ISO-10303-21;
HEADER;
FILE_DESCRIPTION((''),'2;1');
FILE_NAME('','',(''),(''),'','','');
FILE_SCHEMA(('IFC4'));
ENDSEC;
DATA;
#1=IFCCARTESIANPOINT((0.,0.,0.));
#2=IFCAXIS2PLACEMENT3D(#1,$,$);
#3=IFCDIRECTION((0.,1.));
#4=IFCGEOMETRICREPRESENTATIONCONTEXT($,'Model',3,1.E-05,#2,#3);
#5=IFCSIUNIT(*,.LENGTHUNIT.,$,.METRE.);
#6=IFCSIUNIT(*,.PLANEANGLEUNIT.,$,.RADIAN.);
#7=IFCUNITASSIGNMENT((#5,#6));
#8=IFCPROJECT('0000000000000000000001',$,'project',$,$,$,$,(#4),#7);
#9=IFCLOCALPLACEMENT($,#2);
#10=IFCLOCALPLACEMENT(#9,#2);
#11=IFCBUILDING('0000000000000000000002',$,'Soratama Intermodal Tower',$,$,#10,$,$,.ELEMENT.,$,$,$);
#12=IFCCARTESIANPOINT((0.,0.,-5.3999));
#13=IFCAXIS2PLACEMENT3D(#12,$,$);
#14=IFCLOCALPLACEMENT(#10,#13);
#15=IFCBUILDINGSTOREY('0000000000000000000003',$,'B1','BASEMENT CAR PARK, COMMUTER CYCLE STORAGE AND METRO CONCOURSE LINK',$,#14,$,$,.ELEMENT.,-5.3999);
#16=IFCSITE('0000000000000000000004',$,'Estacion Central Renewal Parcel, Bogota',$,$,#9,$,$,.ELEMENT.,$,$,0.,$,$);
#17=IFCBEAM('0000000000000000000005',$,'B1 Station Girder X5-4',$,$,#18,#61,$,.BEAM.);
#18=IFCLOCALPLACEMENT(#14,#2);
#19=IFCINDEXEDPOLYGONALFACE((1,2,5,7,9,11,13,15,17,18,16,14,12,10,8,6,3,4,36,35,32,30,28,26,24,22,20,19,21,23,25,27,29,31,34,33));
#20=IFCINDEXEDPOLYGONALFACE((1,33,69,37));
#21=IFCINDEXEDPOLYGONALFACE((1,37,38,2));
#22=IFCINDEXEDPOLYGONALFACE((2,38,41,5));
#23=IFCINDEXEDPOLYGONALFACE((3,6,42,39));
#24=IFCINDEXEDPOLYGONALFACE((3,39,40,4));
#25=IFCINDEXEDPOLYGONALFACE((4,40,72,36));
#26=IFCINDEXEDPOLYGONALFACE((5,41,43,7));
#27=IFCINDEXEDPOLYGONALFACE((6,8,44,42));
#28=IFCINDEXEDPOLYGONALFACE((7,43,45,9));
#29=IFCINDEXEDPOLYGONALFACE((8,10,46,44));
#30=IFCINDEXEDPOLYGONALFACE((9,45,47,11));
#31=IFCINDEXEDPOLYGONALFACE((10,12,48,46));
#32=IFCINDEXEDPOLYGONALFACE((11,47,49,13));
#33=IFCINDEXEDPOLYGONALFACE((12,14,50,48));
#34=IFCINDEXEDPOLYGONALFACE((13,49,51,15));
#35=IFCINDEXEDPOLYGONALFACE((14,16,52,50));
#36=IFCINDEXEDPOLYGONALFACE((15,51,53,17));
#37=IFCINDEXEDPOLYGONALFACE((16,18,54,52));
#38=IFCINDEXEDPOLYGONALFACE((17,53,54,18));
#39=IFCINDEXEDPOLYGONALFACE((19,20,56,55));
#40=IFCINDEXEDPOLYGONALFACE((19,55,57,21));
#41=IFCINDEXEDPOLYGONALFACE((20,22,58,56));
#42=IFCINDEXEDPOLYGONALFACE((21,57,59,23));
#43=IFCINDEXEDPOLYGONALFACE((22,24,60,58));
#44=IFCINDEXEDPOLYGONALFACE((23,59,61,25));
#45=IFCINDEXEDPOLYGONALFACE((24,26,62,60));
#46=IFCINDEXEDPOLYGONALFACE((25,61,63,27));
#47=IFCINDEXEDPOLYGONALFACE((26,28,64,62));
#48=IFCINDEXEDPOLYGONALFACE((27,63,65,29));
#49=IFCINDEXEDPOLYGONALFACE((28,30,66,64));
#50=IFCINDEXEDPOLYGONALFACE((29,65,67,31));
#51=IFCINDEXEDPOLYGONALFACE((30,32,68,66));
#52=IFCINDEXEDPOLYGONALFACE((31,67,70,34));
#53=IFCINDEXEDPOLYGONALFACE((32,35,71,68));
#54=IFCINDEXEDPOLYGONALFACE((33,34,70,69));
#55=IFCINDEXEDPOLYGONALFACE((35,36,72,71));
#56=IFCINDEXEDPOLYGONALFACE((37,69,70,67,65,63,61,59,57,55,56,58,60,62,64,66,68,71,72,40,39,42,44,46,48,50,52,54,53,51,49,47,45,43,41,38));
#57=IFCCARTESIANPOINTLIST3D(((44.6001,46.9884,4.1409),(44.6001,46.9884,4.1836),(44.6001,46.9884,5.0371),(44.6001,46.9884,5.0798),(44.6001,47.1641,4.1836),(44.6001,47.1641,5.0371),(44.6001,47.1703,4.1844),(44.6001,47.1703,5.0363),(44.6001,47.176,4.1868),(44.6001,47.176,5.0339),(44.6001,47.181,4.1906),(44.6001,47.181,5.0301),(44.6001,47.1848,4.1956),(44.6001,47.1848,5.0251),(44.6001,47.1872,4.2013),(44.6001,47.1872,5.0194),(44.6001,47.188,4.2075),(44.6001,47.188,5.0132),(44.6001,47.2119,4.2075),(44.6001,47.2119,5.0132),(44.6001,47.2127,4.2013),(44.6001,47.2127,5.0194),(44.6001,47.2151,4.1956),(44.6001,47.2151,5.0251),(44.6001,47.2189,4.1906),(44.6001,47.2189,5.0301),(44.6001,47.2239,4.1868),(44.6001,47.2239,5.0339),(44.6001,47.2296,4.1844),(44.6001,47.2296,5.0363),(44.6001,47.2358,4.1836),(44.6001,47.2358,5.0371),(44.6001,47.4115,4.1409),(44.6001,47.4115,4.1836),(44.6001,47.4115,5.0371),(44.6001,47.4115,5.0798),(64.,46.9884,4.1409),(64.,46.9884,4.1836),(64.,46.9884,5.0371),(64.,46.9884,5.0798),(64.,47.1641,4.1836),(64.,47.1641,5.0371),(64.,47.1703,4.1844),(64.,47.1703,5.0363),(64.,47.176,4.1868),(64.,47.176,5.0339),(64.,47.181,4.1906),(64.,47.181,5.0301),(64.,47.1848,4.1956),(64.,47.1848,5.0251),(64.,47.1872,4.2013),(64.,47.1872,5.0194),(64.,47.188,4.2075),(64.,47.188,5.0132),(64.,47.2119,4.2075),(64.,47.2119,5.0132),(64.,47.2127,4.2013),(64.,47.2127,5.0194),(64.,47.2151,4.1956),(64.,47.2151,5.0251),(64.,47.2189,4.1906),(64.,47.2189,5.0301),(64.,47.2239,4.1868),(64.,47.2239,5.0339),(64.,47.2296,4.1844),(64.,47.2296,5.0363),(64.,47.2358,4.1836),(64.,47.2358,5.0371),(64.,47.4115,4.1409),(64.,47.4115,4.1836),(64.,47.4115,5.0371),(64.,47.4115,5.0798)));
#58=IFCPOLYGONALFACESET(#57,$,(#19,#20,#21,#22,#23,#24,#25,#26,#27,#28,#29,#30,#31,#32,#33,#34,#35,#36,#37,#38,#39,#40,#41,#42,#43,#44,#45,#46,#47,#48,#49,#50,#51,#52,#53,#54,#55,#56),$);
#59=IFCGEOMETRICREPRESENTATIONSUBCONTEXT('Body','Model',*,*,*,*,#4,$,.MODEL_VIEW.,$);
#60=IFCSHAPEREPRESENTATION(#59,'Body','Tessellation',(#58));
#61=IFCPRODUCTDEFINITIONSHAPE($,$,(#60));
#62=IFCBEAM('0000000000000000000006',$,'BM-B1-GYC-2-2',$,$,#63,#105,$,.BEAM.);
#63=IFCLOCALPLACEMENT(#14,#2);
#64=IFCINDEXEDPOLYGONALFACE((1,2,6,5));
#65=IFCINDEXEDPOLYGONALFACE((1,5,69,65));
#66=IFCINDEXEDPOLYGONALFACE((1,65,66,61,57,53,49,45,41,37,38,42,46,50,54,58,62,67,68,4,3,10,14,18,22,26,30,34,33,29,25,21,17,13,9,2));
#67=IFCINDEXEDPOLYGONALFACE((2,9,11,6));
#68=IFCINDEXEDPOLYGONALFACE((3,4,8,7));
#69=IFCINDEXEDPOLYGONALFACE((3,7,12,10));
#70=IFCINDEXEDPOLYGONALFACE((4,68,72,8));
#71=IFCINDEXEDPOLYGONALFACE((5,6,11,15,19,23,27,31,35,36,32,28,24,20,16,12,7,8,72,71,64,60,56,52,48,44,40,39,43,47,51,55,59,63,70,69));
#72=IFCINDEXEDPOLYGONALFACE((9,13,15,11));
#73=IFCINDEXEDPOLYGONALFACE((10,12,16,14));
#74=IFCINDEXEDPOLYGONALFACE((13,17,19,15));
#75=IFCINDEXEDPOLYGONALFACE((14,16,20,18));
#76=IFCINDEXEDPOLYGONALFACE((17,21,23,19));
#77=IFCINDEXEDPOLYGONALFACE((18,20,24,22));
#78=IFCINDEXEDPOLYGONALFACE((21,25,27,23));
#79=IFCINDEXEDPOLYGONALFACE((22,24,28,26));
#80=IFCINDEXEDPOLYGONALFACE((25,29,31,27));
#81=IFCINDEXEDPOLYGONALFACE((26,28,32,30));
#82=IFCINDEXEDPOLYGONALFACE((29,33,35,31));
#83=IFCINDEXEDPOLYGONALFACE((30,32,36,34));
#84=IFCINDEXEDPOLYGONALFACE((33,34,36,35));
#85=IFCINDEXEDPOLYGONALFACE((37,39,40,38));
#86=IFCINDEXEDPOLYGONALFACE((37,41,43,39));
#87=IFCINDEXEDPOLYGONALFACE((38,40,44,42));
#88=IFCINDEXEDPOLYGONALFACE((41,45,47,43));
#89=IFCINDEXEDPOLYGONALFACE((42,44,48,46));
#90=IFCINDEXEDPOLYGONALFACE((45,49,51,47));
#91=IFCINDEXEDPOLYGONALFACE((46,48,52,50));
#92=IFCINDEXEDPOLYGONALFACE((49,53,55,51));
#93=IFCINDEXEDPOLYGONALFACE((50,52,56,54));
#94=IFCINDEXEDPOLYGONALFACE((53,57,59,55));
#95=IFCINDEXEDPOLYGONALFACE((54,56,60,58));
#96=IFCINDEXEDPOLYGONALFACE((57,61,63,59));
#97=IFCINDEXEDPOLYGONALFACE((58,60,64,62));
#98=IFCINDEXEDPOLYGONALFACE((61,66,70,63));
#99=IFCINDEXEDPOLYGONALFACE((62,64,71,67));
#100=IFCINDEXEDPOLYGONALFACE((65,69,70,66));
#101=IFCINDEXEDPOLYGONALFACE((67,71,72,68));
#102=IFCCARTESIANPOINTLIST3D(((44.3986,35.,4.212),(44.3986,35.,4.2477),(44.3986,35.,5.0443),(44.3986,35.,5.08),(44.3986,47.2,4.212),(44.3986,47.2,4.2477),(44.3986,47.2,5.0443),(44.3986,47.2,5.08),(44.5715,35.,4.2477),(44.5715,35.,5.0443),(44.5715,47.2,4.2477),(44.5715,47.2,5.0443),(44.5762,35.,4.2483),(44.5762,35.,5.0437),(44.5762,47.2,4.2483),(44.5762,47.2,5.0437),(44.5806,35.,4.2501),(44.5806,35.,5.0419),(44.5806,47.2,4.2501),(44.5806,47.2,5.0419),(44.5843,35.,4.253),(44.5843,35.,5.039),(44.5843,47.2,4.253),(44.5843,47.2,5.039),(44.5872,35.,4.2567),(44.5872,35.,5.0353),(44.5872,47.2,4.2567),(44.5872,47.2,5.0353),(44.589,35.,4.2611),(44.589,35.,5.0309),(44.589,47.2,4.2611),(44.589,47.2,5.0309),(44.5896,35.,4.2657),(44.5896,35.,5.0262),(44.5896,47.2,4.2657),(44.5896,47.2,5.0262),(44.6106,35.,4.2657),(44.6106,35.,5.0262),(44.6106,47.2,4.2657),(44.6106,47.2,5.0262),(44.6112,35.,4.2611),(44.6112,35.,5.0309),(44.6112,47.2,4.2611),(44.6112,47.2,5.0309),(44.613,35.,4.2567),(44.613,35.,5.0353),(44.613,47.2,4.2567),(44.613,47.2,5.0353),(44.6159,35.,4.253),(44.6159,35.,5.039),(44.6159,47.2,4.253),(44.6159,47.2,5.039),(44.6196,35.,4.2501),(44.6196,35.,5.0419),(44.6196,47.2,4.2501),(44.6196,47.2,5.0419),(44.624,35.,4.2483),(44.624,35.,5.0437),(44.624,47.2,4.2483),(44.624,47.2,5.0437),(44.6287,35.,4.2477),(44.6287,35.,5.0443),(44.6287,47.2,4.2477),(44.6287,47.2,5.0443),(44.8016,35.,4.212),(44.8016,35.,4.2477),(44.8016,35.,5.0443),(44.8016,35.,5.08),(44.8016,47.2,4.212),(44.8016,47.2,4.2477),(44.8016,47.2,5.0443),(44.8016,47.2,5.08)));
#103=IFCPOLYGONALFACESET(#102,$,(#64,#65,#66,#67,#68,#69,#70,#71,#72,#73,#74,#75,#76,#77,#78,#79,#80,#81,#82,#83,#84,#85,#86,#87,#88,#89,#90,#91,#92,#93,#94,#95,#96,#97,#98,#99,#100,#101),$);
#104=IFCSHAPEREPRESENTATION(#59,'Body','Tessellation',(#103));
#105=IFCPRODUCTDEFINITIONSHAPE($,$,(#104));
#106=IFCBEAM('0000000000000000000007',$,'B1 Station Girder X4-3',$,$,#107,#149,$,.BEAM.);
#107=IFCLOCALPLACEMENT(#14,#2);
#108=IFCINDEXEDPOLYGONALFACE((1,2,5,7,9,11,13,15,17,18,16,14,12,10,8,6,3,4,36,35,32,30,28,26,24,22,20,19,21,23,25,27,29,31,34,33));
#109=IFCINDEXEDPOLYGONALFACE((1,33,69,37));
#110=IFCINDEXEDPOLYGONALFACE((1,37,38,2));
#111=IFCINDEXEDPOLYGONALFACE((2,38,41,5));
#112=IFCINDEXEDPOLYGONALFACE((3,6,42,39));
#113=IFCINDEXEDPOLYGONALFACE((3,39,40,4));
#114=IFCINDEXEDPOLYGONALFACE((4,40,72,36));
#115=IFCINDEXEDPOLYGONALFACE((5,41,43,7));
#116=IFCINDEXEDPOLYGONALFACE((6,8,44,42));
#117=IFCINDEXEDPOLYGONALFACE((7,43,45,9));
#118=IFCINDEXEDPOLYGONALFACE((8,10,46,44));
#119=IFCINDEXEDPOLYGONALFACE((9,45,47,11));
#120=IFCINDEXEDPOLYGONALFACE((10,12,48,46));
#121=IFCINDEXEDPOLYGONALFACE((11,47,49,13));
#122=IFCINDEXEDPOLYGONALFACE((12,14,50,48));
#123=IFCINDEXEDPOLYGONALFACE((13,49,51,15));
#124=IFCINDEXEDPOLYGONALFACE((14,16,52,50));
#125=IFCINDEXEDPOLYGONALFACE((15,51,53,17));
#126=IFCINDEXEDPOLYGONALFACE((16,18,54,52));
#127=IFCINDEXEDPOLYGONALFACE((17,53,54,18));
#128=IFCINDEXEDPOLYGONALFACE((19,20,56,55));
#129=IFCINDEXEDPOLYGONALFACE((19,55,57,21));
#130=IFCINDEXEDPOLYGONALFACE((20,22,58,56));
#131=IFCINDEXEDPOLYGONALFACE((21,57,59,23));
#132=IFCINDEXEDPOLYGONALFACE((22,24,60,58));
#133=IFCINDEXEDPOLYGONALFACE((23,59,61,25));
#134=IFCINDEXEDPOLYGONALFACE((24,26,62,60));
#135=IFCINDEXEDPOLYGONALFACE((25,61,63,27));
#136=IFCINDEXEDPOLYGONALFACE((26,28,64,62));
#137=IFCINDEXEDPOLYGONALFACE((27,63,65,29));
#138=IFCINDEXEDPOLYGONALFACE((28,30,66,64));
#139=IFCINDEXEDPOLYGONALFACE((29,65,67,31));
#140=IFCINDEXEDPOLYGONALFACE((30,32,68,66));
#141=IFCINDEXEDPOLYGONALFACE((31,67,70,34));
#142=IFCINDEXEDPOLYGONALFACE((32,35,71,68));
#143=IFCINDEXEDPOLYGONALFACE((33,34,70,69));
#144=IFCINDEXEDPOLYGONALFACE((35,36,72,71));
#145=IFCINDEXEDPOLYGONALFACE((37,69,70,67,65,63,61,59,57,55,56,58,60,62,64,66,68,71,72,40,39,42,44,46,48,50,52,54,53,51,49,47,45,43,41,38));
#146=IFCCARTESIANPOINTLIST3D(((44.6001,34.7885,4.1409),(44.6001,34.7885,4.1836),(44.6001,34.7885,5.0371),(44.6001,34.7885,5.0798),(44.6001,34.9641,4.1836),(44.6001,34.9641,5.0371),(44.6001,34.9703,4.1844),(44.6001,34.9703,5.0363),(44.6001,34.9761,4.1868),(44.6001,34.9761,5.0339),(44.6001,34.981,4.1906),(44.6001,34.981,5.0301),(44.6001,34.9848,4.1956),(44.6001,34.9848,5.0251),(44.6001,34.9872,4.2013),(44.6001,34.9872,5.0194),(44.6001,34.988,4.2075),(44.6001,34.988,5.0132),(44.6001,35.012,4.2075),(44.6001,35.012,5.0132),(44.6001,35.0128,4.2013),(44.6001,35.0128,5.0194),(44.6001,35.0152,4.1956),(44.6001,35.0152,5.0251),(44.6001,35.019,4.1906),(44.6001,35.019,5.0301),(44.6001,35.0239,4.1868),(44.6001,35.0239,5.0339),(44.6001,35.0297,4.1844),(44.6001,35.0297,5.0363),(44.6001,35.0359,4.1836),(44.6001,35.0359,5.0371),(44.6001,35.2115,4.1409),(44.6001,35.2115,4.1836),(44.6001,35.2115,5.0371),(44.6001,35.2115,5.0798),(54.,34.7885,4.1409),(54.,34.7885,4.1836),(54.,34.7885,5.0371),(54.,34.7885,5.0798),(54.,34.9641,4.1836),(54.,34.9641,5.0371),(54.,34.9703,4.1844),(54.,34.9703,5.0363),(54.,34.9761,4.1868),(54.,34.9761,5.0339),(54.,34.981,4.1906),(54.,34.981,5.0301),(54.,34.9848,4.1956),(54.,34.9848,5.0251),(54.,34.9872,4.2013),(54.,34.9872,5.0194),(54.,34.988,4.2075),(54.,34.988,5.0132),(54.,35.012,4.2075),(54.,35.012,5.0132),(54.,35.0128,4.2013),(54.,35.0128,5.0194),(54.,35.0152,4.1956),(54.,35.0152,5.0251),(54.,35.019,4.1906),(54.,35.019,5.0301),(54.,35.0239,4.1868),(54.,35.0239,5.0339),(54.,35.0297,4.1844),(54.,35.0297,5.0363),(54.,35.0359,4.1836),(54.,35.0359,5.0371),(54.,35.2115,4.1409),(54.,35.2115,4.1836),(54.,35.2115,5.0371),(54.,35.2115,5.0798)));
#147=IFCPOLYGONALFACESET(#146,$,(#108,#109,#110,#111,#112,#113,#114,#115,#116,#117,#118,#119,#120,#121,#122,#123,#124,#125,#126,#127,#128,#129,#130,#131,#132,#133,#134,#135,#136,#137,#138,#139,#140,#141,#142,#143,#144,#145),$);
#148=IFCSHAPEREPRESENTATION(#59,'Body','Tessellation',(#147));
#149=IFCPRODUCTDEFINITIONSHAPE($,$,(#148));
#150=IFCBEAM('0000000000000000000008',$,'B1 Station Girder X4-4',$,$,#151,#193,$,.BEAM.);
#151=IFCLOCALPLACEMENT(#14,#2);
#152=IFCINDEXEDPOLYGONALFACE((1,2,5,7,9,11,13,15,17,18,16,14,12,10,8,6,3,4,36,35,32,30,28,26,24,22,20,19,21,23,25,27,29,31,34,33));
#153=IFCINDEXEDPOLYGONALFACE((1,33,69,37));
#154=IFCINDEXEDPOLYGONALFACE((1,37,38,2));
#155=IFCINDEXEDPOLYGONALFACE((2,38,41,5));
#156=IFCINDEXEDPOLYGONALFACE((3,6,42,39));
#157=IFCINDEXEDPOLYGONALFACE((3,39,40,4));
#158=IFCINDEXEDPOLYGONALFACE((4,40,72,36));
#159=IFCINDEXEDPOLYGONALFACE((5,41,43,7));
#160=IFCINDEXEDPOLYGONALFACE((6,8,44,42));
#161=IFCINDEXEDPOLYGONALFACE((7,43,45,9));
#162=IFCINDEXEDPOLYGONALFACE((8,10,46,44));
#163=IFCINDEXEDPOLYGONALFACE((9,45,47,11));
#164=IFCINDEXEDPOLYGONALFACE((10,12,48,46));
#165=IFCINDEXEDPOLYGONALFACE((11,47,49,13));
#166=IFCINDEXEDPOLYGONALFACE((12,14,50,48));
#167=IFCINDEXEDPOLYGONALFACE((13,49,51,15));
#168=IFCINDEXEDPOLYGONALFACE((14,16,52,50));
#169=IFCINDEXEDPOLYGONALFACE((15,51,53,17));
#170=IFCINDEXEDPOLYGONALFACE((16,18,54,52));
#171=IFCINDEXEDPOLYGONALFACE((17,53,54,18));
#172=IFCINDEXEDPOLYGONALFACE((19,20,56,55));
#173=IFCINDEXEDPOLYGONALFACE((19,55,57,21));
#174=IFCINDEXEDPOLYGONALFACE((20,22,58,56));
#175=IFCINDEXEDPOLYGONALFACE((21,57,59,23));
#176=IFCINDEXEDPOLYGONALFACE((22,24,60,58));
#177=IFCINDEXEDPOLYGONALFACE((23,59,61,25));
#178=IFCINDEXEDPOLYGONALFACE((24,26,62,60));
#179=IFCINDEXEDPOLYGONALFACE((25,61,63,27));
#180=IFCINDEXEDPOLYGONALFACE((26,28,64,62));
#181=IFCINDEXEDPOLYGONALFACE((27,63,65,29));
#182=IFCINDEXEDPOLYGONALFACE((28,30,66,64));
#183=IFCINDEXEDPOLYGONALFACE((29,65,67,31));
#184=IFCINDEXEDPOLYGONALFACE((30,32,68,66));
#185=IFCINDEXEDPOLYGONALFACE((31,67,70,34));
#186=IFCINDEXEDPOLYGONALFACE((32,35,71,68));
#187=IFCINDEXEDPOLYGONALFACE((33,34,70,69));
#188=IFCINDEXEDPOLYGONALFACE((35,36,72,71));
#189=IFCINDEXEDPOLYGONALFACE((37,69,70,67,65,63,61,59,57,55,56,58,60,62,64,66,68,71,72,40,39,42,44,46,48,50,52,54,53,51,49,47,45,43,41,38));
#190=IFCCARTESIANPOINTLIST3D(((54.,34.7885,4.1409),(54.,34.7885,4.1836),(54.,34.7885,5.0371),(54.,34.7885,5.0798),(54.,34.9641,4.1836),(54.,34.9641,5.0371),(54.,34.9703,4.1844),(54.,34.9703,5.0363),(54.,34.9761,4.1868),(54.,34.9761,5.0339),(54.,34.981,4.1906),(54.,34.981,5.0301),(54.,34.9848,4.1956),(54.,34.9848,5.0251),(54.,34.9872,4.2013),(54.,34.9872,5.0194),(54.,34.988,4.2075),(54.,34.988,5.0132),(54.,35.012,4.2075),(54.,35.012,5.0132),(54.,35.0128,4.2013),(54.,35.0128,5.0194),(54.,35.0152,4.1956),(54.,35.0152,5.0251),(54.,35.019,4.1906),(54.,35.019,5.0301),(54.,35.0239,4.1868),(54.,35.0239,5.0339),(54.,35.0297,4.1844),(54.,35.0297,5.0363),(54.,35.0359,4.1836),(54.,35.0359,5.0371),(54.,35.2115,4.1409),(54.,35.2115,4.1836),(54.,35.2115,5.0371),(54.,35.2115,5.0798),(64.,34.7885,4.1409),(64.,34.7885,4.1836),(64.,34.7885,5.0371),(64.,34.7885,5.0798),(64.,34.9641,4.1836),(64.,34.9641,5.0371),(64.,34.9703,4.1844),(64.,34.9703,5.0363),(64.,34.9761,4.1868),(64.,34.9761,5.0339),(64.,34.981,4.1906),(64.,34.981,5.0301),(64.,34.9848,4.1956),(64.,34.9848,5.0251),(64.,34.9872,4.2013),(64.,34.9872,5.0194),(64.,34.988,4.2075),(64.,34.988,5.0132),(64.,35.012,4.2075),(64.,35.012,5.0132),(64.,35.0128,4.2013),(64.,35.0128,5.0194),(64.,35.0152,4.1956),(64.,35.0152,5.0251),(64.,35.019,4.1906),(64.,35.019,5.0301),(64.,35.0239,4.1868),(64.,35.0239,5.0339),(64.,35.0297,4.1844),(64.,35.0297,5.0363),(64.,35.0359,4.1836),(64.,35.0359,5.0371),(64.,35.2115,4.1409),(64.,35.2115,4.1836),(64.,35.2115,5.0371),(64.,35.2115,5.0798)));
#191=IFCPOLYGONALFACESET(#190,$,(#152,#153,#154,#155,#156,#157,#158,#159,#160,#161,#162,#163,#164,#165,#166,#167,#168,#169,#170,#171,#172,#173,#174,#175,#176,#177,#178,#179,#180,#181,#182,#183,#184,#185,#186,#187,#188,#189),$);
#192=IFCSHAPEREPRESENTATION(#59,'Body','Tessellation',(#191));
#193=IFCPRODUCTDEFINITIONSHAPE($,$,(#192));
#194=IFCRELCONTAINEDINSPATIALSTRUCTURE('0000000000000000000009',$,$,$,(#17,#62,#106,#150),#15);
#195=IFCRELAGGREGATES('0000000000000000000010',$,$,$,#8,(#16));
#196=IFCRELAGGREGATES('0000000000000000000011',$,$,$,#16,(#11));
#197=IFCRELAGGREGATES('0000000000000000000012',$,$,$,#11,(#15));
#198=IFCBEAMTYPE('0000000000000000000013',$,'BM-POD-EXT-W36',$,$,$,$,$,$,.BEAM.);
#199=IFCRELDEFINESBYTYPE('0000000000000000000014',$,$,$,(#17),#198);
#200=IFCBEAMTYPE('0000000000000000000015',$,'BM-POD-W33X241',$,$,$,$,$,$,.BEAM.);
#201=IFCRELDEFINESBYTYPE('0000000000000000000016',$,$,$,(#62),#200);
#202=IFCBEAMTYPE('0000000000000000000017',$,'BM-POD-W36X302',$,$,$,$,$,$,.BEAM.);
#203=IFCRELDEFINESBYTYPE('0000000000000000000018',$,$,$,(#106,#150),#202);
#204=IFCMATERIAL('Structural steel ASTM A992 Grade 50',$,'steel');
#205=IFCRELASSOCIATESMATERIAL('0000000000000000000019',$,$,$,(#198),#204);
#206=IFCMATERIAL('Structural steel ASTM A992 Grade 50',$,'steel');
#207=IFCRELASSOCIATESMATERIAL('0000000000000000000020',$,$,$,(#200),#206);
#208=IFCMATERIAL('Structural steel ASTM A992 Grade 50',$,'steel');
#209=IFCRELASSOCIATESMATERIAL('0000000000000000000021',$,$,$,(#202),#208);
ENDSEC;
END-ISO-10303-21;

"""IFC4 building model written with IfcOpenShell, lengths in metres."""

from ifc_helpers import new_model, si_unit, direction, frame, origin, origin_2d, place, context, subcontext, project, spatial, i_section, extrude, material, material_profile, profile_set, type_object, element, save


model = new_model("IFC4")

# Units and contexts
model_context = context("Model", 3, precision=1e-05, world=origin(), true_north=direction((0.0, 1.0)))
body_context = subcontext(model_context, "Body", "Model", "MODEL_VIEW")
ifc_project = project(units=[si_unit("LENGTHUNIT", "METRE"), si_unit("PLANEANGLEUNIT", "RADIAN")], contexts=[model_context])

# Site, building, storey
site_placement = place(None, origin())
site = spatial("IfcSite", under=ifc_project, at=site_placement, Name="Estacion Central Renewal Parcel, Bogota", CompositionType="ELEMENT", RefElevation=0.0)
building_placement = place(site_placement, origin())
building = spatial("IfcBuilding", under=site, at=building_placement, Name="Soratama Intermodal Tower", CompositionType="ELEMENT")
storey_placement = place(building_placement, frame((0.0, 0.0, -5.3999)))
storey = spatial("IfcBuildingStorey", under=building, at=storey_placement, Name="B1", Description="BASEMENT CAR PARK, COMMUTER CYCLE STORAGE AND METRO CONCOURSE LINK", CompositionType="ELEMENT", Elevation=-5.3999)

# Beams
ifc_material_1 = material(Name="Structural steel ASTM A992 Grade 50", Category="steel")
ifc_material_profile_1 = material_profile(ifc_material_1, i_section(OverallWidth=0.4231, OverallDepth=0.939, WebThickness=0.0239, FlangeThickness=0.0427, FilletRadius=0.0239, at=origin_2d()), Name="W36X302")
ifc_profile_set_1 = profile_set([ifc_material_profile_1], Name="Structural steel ASTM A992 Grade 50")
beam_type_1 = type_object("IfcBeamType", Name="BM-POD-EXT-W36", PredefinedType="BEAM", material=ifc_profile_set_1)
beam_1_placement = place(storey_placement, frame((44.6001, 47.2, 4.6104), z_axis=(1.0, 0.0, 0.0), x_axis=(0.0, 1.0, 0.0)))
element("IfcBeam", 1, at=beam_1_placement, inside=storey, type_object=beam_type_1, Name="B1 Station Girder X5-4", PredefinedType="BEAM", context=body_context, shape_type="SweptSolid", body=[
    extrude(i_section(OverallWidth=0.4231, OverallDepth=0.939, WebThickness=0.0239, FlangeThickness=0.0427, FilletRadius=0.0239, at=origin_2d()), origin(), (0.0, 0.0, 1.0), 19.3999),
])
ifc_material_2 = material(Name="Structural steel ASTM A992 Grade 50", Category="steel")
ifc_material_profile_2 = material_profile(ifc_material_2, i_section(OverallWidth=0.4031, OverallDepth=0.8679, WebThickness=0.021, FlangeThickness=0.0356, FilletRadius=0.0181, at=origin_2d()), Name="W33X241")
ifc_profile_set_2 = profile_set([ifc_material_profile_2], Name="Structural steel ASTM A992 Grade 50")
beam_type_2 = type_object("IfcBeamType", Name="BM-POD-W33X241", PredefinedType="BEAM", material=ifc_profile_set_2)
beam_2_placement = place(storey_placement, frame((44.6001, 35.0, 4.646), z_axis=(0.0, 1.0, 0.0), x_axis=(-1.0, 0.0, 0.0)))
element("IfcBeam", 2, at=beam_2_placement, inside=storey, type_object=beam_type_2, Name="BM-B1-GYC-2-2", PredefinedType="BEAM", context=body_context, shape_type="SweptSolid", body=[
    extrude(i_section(OverallWidth=0.4031, OverallDepth=0.8679, WebThickness=0.021, FlangeThickness=0.0356, FilletRadius=0.0181, at=origin_2d()), origin(), (0.0, 0.0, 1.0), 12.2),
])
ifc_material_3 = material(Name="Structural steel ASTM A992 Grade 50", Category="steel")
ifc_material_profile_3 = material_profile(ifc_material_3, i_section(OverallWidth=0.4231, OverallDepth=0.939, WebThickness=0.0239, FlangeThickness=0.0427, FilletRadius=0.0239, at=origin_2d()), Name="W36X302")
ifc_profile_set_3 = profile_set([ifc_material_profile_3], Name="Structural steel ASTM A992 Grade 50")
beam_type_3 = type_object("IfcBeamType", Name="BM-POD-W36X302", PredefinedType="BEAM", material=ifc_profile_set_3)
beam_3_placement = place(storey_placement, frame((44.6001, 35.0, 4.6104), z_axis=(1.0, 0.0, 0.0), x_axis=(0.0, 1.0, 0.0)))
element("IfcBeam", 3, at=beam_3_placement, inside=storey, type_object=beam_type_3, Name="B1 Station Girder X4-3", PredefinedType="BEAM", context=body_context, shape_type="SweptSolid", body=[
    extrude(i_section(OverallWidth=0.4231, OverallDepth=0.939, WebThickness=0.0239, FlangeThickness=0.0427, FilletRadius=0.0239, at=origin_2d()), origin(), (0.0, 0.0, 1.0), 9.3999),
])
beam_4_placement = place(storey_placement, frame((54.0, 35.0, 4.6104), z_axis=(1.0, 0.0, 0.0), x_axis=(0.0, 1.0, 0.0)))
element("IfcBeam", 4, at=beam_4_placement, inside=storey, type_object=beam_type_3, Name="B1 Station Girder X4-4", PredefinedType="BEAM", context=body_context, shape_type="SweptSolid", body=[
    extrude(i_section(OverallWidth=0.4231, OverallDepth=0.939, WebThickness=0.0239, FlangeThickness=0.0427, FilletRadius=0.0239, at=origin_2d()), origin(), (0.0, 0.0, 1.0), 10.0),
])

save(model, "model.ifc")
